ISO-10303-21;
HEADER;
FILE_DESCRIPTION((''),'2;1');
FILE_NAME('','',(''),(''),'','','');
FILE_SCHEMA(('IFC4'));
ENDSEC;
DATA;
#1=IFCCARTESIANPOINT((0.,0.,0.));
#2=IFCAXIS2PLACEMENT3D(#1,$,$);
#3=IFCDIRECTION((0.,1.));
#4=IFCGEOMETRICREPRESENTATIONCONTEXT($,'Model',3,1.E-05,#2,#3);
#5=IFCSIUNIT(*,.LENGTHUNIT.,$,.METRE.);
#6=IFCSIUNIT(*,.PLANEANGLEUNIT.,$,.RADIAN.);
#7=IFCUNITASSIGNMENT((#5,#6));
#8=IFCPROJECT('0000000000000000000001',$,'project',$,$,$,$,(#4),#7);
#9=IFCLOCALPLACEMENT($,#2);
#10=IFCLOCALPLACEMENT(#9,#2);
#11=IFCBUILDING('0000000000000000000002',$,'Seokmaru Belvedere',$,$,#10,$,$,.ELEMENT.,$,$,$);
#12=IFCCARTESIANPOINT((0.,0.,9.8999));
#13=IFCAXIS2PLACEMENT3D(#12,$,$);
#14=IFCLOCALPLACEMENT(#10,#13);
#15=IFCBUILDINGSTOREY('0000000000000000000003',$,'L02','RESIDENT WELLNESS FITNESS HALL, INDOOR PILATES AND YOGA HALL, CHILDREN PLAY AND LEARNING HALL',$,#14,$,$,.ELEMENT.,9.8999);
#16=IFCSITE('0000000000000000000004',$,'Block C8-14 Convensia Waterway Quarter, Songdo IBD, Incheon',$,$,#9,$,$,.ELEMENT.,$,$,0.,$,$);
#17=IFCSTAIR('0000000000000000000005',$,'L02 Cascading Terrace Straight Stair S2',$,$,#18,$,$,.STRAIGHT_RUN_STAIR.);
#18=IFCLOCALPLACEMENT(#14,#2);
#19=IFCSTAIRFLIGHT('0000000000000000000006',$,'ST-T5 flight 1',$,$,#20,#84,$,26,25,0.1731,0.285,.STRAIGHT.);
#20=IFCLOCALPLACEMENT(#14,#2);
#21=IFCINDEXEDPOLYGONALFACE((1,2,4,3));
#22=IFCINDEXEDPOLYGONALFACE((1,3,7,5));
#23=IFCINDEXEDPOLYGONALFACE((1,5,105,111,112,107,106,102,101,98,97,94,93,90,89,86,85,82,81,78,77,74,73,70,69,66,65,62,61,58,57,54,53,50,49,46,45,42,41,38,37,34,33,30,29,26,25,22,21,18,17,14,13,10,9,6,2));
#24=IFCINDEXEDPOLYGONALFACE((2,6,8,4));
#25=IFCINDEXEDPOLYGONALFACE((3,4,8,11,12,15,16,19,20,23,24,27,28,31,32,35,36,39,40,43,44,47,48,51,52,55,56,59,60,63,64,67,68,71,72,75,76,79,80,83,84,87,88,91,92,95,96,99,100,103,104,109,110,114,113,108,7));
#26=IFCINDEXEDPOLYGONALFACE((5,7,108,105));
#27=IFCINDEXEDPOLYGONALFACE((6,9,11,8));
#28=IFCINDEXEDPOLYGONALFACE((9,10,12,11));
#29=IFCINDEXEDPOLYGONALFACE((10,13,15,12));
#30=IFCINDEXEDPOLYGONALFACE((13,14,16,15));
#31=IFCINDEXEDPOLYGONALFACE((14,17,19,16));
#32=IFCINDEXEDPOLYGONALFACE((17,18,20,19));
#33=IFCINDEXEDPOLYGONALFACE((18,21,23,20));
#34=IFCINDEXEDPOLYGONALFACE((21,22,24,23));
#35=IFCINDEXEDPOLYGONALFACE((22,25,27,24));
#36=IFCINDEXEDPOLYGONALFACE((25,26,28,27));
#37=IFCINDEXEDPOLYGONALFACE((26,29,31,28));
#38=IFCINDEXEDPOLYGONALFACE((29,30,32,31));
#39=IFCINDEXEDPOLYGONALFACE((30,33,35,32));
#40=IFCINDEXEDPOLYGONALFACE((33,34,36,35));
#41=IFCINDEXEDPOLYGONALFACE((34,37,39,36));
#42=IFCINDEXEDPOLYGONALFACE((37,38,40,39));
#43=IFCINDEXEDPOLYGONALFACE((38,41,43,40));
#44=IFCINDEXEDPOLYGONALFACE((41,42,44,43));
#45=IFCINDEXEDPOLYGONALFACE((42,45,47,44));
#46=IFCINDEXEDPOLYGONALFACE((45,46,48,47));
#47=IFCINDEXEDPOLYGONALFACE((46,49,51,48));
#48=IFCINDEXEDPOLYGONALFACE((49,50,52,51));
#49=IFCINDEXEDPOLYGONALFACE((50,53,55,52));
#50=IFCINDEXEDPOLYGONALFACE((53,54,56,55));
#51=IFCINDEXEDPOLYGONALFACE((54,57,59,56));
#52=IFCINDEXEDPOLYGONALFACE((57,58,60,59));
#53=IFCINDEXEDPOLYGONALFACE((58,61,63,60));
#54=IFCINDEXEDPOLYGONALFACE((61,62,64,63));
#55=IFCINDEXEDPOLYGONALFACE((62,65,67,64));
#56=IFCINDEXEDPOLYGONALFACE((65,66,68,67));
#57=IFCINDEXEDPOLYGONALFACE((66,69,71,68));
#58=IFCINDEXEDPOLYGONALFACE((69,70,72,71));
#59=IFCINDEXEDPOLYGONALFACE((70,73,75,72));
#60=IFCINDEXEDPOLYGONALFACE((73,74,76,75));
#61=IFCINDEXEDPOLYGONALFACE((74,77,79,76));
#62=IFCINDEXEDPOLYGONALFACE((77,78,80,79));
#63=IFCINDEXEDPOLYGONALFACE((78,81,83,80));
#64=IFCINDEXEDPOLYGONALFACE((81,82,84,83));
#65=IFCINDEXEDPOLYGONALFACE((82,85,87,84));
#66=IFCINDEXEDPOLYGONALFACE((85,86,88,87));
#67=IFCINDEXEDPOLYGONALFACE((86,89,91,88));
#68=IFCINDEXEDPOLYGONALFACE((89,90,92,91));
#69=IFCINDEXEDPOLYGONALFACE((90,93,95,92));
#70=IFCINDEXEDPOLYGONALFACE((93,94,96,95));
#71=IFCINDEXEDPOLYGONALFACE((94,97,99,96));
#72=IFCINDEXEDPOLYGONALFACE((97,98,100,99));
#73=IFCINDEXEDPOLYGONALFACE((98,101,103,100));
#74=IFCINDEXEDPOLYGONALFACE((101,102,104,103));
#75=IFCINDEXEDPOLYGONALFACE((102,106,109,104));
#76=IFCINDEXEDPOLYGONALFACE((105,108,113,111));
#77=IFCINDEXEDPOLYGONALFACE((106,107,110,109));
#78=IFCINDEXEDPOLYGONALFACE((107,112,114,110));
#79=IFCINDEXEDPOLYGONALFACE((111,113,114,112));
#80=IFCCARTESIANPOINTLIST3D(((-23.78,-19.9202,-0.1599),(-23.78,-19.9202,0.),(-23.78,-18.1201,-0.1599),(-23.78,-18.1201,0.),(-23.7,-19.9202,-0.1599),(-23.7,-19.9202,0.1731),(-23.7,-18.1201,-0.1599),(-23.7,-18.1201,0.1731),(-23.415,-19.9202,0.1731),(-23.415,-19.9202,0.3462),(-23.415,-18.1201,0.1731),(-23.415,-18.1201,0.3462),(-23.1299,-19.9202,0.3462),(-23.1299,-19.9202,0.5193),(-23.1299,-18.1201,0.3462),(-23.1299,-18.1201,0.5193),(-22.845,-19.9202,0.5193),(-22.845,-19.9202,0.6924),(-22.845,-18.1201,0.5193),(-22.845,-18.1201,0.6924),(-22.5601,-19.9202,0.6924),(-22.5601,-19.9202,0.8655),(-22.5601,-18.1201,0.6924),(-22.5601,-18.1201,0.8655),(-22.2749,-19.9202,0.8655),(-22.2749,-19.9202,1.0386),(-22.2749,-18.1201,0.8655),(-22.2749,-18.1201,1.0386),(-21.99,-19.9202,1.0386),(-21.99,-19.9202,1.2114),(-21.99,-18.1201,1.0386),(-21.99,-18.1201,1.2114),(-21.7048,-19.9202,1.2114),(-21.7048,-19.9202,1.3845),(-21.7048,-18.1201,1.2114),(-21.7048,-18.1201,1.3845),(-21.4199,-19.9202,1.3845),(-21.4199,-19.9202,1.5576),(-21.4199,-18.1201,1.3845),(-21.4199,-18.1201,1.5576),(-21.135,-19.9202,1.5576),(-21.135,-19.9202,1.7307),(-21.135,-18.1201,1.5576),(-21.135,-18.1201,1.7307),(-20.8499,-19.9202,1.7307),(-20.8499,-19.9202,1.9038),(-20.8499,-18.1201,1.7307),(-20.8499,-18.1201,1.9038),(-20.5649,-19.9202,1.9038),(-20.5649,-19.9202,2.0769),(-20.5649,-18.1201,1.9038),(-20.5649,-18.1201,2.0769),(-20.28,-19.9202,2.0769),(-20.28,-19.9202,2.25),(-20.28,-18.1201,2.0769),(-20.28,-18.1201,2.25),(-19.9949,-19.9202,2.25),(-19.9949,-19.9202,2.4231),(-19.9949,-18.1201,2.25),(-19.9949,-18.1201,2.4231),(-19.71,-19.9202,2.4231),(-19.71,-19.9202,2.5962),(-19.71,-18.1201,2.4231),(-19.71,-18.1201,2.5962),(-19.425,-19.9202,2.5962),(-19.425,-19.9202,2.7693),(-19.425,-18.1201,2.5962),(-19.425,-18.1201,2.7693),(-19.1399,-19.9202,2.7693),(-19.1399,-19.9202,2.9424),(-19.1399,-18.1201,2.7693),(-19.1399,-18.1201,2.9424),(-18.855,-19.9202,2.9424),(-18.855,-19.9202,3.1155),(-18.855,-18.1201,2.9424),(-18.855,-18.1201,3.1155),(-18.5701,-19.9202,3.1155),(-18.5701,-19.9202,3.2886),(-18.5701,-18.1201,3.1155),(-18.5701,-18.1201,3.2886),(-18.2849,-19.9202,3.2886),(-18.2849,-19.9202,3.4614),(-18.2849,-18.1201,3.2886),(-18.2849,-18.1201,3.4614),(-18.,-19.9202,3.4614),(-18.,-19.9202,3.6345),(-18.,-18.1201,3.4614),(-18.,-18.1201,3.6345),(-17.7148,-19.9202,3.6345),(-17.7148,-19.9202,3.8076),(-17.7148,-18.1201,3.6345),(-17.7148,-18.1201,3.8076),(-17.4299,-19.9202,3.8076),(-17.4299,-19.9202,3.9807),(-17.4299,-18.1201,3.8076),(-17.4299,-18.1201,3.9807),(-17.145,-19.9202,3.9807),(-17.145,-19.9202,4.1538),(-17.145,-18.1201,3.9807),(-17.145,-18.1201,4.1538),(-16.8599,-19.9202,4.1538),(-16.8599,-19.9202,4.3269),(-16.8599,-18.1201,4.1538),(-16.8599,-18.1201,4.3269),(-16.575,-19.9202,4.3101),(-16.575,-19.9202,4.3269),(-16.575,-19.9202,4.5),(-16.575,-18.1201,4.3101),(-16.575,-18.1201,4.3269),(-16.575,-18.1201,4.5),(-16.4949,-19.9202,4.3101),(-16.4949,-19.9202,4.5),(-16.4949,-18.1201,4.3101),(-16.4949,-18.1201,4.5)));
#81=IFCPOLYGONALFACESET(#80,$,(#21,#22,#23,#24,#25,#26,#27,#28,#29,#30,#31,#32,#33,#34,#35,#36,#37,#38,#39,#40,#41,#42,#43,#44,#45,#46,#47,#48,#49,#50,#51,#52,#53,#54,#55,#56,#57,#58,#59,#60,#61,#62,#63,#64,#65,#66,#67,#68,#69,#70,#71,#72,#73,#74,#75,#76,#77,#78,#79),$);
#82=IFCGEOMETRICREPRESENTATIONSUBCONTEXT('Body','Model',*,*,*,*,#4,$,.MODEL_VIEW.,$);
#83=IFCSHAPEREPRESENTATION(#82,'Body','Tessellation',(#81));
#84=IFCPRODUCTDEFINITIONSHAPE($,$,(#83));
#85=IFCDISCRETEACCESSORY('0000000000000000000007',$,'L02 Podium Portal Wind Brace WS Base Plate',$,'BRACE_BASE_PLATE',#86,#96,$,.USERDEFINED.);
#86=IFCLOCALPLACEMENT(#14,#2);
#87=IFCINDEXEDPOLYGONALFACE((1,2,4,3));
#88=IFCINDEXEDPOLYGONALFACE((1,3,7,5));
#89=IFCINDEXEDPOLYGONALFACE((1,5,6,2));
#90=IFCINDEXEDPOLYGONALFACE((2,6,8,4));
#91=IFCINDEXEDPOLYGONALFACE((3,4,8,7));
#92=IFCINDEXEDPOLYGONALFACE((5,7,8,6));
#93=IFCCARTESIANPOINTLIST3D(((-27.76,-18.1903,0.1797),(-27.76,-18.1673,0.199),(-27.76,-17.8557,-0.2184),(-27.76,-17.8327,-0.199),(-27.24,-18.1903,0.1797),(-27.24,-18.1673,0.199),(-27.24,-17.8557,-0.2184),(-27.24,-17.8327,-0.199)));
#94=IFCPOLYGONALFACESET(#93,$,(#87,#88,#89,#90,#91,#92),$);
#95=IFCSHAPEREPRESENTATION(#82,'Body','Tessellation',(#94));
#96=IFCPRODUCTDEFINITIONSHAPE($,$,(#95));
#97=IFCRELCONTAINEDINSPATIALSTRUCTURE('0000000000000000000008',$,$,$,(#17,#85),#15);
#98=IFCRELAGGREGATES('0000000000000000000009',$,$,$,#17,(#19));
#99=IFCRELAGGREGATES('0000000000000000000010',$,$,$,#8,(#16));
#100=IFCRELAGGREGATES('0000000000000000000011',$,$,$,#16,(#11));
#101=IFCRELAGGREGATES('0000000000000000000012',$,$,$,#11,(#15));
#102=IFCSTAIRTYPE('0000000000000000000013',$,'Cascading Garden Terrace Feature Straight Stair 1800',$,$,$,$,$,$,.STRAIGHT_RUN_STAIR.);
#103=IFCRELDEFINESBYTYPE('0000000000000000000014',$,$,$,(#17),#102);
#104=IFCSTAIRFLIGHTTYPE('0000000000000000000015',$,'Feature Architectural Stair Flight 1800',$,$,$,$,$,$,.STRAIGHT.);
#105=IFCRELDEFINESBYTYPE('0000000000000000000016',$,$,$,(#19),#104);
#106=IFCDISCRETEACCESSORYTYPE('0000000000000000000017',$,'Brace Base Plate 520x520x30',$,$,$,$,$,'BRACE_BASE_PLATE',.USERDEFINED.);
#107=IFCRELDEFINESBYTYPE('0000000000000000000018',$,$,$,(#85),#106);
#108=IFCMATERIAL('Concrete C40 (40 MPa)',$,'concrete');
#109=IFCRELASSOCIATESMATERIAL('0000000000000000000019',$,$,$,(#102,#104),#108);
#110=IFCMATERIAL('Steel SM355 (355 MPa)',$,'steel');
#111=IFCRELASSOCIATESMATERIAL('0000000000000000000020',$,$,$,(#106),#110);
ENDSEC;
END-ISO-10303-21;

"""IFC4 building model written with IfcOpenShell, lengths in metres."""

from ifc_helpers import new_model, si_unit, direction, frame, origin, origin_2d, place, context, subcontext, project, spatial, polyline, rectangle, outline, extrude, material, type_object, element, aggregate, save


model = new_model("IFC4")

# Units and contexts
model_context = context("Model", 3, precision=1e-05, world=origin(), true_north=direction((0.0, 1.0)))
body_context = subcontext(model_context, "Body", "Model", "MODEL_VIEW")
ifc_project = project(units=[si_unit("LENGTHUNIT", "METRE"), si_unit("PLANEANGLEUNIT", "RADIAN")], contexts=[model_context])

# Site, building, storey
site_placement = place(None, origin())
site = spatial("IfcSite", under=ifc_project, at=site_placement, Name="Block C8-14 Convensia Waterway Quarter, Songdo IBD, Incheon", CompositionType="ELEMENT", RefElevation=0.0)
building_placement = place(site_placement, origin())
building = spatial("IfcBuilding", under=site, at=building_placement, Name="Seokmaru Belvedere", CompositionType="ELEMENT")
storey_placement = place(building_placement, frame((0.0, 0.0, 9.8999)))
storey = spatial("IfcBuildingStorey", under=building, at=storey_placement, Name="L02", Description="RESIDENT WELLNESS FITNESS HALL, INDOOR PILATES AND YOGA HALL, CHILDREN PLAY AND LEARNING HALL", CompositionType="ELEMENT", Elevation=9.8999)

# Shared definitions
ifc_material_1 = material(Name="Steel SM355 (355 MPa)", Category="steel")

# Shared definitions
ifc_material_2 = material(Name="Concrete C40 (40 MPa)", Category="concrete")

# Stair, stair flight
stair_type = type_object("IfcStairType", Name="Cascading Garden Terrace Feature Straight Stair 1800", PredefinedType="STRAIGHT_RUN_STAIR", material=ifc_material_2)
stair_placement = place(storey_placement, origin())
stair = element("IfcStair", 1, at=stair_placement, inside=storey, type_object=stair_type, Name="L02 Cascading Terrace Straight Stair S2", PredefinedType="STRAIGHT_RUN_STAIR")
stair_flight_type = type_object("IfcStairFlightType", Name="Feature Architectural Stair Flight 1800", PredefinedType="STRAIGHT", material=ifc_material_2)
stair_flight_placement = place(storey_placement, frame((-23.7, -19.02, 0.0), z_axis=(0.0, 0.0, 1.0), x_axis=(1.0, 0.0, 0.0)))
stair_flight = element("IfcStairFlight", 2, at=stair_flight_placement, type_object=stair_flight_type, Name="ST-T5 flight 1", NumberOfRisers=26, NumberOfTreads=25, PredefinedType="STRAIGHT", RiserHeight=0.1731, TreadLength=0.285, context=body_context, shape_type="SweptSolid", body=[
    extrude(outline(polyline([(-0.0801, 0.0), (0.0, 0.1731), (0.2849, 0.1731), (0.2849, 0.3462), (0.5701, 0.3462), (0.5701, 0.5193), (0.855, 0.5193), (0.855, 0.6924), (1.1399, 0.6924), (1.1399, 0.8655), (1.425, 0.8655), (1.425, 1.0386), (1.71, 1.0386), (1.71, 1.2114), (1.9951, 1.2114), (1.9951, 1.3845), (2.28, 1.3845), (2.28, 1.5576), (2.5649, 1.5576), (2.5649, 1.7307), (2.8501, 1.7307), (2.8501, 1.9038), (3.135, 1.9038), (3.135, 2.0769), (3.4199, 2.0769), (3.4199, 2.25), (3.7051, 2.25), (3.7051, 2.4231), (3.99, 2.4231), (3.99, 2.5962), (4.2749, 2.5962), (4.2749, 2.7693), (4.5601, 2.7693), (4.5601, 2.9424), (4.845, 2.9424), (4.845, 3.1155), (5.1299, 3.1155), (5.1299, 3.2886), (5.415, 3.2886), (5.415, 3.4614), (5.7, 3.4614), (5.7, 3.6345), (5.9851, 3.6345), (5.9851, 3.8076), (6.27, 3.8076), (6.27, 3.9807), (6.5549, 3.9807), (6.5549, 4.1538), (6.8401, 4.1538), (6.8401, 4.3269), (7.125, 4.3269), (7.125, 4.5), (7.2051, 4.5), (7.2051, 4.3101), (7.125, 4.3101), (0.0, -0.1599), (-0.0801, -0.1599), (-0.0801, 0.0)])), frame((0.0, 0.8999, 0.0), z_axis=(0.0, -1.0, 0.0), x_axis=(1.0, 0.0, 0.0)), (0.0, 0.0, 1.0), 1.8),
])
aggregate(stair, [stair_flight])

# Discrete accessory
discrete_accessory_type = type_object("IfcDiscreteAccessoryType", Name="Brace Base Plate 520x520x30", ElementType="BRACE_BASE_PLATE", PredefinedType="USERDEFINED", material=ifc_material_1)
discrete_accessory_placement = place(storey_placement, frame((-27.5, -18.0, 0.0), z_axis=(0.0, -0.765544, -0.643383), x_axis=(1.0, 0.0, 0.0)))
element("IfcDiscreteAccessory", 3, at=discrete_accessory_placement, inside=storey, type_object=discrete_accessory_type, Name="L02 Podium Portal Wind Brace WS Base Plate", ObjectType="BRACE_BASE_PLATE", PredefinedType="USERDEFINED", context=body_context, shape_type="SweptSolid", body=[
    extrude(rectangle(XDim=0.52, YDim=0.52, at=origin_2d()), origin(), (0.0, 0.0, 1.0), 0.03),
])

save(model, "model.ifc")
